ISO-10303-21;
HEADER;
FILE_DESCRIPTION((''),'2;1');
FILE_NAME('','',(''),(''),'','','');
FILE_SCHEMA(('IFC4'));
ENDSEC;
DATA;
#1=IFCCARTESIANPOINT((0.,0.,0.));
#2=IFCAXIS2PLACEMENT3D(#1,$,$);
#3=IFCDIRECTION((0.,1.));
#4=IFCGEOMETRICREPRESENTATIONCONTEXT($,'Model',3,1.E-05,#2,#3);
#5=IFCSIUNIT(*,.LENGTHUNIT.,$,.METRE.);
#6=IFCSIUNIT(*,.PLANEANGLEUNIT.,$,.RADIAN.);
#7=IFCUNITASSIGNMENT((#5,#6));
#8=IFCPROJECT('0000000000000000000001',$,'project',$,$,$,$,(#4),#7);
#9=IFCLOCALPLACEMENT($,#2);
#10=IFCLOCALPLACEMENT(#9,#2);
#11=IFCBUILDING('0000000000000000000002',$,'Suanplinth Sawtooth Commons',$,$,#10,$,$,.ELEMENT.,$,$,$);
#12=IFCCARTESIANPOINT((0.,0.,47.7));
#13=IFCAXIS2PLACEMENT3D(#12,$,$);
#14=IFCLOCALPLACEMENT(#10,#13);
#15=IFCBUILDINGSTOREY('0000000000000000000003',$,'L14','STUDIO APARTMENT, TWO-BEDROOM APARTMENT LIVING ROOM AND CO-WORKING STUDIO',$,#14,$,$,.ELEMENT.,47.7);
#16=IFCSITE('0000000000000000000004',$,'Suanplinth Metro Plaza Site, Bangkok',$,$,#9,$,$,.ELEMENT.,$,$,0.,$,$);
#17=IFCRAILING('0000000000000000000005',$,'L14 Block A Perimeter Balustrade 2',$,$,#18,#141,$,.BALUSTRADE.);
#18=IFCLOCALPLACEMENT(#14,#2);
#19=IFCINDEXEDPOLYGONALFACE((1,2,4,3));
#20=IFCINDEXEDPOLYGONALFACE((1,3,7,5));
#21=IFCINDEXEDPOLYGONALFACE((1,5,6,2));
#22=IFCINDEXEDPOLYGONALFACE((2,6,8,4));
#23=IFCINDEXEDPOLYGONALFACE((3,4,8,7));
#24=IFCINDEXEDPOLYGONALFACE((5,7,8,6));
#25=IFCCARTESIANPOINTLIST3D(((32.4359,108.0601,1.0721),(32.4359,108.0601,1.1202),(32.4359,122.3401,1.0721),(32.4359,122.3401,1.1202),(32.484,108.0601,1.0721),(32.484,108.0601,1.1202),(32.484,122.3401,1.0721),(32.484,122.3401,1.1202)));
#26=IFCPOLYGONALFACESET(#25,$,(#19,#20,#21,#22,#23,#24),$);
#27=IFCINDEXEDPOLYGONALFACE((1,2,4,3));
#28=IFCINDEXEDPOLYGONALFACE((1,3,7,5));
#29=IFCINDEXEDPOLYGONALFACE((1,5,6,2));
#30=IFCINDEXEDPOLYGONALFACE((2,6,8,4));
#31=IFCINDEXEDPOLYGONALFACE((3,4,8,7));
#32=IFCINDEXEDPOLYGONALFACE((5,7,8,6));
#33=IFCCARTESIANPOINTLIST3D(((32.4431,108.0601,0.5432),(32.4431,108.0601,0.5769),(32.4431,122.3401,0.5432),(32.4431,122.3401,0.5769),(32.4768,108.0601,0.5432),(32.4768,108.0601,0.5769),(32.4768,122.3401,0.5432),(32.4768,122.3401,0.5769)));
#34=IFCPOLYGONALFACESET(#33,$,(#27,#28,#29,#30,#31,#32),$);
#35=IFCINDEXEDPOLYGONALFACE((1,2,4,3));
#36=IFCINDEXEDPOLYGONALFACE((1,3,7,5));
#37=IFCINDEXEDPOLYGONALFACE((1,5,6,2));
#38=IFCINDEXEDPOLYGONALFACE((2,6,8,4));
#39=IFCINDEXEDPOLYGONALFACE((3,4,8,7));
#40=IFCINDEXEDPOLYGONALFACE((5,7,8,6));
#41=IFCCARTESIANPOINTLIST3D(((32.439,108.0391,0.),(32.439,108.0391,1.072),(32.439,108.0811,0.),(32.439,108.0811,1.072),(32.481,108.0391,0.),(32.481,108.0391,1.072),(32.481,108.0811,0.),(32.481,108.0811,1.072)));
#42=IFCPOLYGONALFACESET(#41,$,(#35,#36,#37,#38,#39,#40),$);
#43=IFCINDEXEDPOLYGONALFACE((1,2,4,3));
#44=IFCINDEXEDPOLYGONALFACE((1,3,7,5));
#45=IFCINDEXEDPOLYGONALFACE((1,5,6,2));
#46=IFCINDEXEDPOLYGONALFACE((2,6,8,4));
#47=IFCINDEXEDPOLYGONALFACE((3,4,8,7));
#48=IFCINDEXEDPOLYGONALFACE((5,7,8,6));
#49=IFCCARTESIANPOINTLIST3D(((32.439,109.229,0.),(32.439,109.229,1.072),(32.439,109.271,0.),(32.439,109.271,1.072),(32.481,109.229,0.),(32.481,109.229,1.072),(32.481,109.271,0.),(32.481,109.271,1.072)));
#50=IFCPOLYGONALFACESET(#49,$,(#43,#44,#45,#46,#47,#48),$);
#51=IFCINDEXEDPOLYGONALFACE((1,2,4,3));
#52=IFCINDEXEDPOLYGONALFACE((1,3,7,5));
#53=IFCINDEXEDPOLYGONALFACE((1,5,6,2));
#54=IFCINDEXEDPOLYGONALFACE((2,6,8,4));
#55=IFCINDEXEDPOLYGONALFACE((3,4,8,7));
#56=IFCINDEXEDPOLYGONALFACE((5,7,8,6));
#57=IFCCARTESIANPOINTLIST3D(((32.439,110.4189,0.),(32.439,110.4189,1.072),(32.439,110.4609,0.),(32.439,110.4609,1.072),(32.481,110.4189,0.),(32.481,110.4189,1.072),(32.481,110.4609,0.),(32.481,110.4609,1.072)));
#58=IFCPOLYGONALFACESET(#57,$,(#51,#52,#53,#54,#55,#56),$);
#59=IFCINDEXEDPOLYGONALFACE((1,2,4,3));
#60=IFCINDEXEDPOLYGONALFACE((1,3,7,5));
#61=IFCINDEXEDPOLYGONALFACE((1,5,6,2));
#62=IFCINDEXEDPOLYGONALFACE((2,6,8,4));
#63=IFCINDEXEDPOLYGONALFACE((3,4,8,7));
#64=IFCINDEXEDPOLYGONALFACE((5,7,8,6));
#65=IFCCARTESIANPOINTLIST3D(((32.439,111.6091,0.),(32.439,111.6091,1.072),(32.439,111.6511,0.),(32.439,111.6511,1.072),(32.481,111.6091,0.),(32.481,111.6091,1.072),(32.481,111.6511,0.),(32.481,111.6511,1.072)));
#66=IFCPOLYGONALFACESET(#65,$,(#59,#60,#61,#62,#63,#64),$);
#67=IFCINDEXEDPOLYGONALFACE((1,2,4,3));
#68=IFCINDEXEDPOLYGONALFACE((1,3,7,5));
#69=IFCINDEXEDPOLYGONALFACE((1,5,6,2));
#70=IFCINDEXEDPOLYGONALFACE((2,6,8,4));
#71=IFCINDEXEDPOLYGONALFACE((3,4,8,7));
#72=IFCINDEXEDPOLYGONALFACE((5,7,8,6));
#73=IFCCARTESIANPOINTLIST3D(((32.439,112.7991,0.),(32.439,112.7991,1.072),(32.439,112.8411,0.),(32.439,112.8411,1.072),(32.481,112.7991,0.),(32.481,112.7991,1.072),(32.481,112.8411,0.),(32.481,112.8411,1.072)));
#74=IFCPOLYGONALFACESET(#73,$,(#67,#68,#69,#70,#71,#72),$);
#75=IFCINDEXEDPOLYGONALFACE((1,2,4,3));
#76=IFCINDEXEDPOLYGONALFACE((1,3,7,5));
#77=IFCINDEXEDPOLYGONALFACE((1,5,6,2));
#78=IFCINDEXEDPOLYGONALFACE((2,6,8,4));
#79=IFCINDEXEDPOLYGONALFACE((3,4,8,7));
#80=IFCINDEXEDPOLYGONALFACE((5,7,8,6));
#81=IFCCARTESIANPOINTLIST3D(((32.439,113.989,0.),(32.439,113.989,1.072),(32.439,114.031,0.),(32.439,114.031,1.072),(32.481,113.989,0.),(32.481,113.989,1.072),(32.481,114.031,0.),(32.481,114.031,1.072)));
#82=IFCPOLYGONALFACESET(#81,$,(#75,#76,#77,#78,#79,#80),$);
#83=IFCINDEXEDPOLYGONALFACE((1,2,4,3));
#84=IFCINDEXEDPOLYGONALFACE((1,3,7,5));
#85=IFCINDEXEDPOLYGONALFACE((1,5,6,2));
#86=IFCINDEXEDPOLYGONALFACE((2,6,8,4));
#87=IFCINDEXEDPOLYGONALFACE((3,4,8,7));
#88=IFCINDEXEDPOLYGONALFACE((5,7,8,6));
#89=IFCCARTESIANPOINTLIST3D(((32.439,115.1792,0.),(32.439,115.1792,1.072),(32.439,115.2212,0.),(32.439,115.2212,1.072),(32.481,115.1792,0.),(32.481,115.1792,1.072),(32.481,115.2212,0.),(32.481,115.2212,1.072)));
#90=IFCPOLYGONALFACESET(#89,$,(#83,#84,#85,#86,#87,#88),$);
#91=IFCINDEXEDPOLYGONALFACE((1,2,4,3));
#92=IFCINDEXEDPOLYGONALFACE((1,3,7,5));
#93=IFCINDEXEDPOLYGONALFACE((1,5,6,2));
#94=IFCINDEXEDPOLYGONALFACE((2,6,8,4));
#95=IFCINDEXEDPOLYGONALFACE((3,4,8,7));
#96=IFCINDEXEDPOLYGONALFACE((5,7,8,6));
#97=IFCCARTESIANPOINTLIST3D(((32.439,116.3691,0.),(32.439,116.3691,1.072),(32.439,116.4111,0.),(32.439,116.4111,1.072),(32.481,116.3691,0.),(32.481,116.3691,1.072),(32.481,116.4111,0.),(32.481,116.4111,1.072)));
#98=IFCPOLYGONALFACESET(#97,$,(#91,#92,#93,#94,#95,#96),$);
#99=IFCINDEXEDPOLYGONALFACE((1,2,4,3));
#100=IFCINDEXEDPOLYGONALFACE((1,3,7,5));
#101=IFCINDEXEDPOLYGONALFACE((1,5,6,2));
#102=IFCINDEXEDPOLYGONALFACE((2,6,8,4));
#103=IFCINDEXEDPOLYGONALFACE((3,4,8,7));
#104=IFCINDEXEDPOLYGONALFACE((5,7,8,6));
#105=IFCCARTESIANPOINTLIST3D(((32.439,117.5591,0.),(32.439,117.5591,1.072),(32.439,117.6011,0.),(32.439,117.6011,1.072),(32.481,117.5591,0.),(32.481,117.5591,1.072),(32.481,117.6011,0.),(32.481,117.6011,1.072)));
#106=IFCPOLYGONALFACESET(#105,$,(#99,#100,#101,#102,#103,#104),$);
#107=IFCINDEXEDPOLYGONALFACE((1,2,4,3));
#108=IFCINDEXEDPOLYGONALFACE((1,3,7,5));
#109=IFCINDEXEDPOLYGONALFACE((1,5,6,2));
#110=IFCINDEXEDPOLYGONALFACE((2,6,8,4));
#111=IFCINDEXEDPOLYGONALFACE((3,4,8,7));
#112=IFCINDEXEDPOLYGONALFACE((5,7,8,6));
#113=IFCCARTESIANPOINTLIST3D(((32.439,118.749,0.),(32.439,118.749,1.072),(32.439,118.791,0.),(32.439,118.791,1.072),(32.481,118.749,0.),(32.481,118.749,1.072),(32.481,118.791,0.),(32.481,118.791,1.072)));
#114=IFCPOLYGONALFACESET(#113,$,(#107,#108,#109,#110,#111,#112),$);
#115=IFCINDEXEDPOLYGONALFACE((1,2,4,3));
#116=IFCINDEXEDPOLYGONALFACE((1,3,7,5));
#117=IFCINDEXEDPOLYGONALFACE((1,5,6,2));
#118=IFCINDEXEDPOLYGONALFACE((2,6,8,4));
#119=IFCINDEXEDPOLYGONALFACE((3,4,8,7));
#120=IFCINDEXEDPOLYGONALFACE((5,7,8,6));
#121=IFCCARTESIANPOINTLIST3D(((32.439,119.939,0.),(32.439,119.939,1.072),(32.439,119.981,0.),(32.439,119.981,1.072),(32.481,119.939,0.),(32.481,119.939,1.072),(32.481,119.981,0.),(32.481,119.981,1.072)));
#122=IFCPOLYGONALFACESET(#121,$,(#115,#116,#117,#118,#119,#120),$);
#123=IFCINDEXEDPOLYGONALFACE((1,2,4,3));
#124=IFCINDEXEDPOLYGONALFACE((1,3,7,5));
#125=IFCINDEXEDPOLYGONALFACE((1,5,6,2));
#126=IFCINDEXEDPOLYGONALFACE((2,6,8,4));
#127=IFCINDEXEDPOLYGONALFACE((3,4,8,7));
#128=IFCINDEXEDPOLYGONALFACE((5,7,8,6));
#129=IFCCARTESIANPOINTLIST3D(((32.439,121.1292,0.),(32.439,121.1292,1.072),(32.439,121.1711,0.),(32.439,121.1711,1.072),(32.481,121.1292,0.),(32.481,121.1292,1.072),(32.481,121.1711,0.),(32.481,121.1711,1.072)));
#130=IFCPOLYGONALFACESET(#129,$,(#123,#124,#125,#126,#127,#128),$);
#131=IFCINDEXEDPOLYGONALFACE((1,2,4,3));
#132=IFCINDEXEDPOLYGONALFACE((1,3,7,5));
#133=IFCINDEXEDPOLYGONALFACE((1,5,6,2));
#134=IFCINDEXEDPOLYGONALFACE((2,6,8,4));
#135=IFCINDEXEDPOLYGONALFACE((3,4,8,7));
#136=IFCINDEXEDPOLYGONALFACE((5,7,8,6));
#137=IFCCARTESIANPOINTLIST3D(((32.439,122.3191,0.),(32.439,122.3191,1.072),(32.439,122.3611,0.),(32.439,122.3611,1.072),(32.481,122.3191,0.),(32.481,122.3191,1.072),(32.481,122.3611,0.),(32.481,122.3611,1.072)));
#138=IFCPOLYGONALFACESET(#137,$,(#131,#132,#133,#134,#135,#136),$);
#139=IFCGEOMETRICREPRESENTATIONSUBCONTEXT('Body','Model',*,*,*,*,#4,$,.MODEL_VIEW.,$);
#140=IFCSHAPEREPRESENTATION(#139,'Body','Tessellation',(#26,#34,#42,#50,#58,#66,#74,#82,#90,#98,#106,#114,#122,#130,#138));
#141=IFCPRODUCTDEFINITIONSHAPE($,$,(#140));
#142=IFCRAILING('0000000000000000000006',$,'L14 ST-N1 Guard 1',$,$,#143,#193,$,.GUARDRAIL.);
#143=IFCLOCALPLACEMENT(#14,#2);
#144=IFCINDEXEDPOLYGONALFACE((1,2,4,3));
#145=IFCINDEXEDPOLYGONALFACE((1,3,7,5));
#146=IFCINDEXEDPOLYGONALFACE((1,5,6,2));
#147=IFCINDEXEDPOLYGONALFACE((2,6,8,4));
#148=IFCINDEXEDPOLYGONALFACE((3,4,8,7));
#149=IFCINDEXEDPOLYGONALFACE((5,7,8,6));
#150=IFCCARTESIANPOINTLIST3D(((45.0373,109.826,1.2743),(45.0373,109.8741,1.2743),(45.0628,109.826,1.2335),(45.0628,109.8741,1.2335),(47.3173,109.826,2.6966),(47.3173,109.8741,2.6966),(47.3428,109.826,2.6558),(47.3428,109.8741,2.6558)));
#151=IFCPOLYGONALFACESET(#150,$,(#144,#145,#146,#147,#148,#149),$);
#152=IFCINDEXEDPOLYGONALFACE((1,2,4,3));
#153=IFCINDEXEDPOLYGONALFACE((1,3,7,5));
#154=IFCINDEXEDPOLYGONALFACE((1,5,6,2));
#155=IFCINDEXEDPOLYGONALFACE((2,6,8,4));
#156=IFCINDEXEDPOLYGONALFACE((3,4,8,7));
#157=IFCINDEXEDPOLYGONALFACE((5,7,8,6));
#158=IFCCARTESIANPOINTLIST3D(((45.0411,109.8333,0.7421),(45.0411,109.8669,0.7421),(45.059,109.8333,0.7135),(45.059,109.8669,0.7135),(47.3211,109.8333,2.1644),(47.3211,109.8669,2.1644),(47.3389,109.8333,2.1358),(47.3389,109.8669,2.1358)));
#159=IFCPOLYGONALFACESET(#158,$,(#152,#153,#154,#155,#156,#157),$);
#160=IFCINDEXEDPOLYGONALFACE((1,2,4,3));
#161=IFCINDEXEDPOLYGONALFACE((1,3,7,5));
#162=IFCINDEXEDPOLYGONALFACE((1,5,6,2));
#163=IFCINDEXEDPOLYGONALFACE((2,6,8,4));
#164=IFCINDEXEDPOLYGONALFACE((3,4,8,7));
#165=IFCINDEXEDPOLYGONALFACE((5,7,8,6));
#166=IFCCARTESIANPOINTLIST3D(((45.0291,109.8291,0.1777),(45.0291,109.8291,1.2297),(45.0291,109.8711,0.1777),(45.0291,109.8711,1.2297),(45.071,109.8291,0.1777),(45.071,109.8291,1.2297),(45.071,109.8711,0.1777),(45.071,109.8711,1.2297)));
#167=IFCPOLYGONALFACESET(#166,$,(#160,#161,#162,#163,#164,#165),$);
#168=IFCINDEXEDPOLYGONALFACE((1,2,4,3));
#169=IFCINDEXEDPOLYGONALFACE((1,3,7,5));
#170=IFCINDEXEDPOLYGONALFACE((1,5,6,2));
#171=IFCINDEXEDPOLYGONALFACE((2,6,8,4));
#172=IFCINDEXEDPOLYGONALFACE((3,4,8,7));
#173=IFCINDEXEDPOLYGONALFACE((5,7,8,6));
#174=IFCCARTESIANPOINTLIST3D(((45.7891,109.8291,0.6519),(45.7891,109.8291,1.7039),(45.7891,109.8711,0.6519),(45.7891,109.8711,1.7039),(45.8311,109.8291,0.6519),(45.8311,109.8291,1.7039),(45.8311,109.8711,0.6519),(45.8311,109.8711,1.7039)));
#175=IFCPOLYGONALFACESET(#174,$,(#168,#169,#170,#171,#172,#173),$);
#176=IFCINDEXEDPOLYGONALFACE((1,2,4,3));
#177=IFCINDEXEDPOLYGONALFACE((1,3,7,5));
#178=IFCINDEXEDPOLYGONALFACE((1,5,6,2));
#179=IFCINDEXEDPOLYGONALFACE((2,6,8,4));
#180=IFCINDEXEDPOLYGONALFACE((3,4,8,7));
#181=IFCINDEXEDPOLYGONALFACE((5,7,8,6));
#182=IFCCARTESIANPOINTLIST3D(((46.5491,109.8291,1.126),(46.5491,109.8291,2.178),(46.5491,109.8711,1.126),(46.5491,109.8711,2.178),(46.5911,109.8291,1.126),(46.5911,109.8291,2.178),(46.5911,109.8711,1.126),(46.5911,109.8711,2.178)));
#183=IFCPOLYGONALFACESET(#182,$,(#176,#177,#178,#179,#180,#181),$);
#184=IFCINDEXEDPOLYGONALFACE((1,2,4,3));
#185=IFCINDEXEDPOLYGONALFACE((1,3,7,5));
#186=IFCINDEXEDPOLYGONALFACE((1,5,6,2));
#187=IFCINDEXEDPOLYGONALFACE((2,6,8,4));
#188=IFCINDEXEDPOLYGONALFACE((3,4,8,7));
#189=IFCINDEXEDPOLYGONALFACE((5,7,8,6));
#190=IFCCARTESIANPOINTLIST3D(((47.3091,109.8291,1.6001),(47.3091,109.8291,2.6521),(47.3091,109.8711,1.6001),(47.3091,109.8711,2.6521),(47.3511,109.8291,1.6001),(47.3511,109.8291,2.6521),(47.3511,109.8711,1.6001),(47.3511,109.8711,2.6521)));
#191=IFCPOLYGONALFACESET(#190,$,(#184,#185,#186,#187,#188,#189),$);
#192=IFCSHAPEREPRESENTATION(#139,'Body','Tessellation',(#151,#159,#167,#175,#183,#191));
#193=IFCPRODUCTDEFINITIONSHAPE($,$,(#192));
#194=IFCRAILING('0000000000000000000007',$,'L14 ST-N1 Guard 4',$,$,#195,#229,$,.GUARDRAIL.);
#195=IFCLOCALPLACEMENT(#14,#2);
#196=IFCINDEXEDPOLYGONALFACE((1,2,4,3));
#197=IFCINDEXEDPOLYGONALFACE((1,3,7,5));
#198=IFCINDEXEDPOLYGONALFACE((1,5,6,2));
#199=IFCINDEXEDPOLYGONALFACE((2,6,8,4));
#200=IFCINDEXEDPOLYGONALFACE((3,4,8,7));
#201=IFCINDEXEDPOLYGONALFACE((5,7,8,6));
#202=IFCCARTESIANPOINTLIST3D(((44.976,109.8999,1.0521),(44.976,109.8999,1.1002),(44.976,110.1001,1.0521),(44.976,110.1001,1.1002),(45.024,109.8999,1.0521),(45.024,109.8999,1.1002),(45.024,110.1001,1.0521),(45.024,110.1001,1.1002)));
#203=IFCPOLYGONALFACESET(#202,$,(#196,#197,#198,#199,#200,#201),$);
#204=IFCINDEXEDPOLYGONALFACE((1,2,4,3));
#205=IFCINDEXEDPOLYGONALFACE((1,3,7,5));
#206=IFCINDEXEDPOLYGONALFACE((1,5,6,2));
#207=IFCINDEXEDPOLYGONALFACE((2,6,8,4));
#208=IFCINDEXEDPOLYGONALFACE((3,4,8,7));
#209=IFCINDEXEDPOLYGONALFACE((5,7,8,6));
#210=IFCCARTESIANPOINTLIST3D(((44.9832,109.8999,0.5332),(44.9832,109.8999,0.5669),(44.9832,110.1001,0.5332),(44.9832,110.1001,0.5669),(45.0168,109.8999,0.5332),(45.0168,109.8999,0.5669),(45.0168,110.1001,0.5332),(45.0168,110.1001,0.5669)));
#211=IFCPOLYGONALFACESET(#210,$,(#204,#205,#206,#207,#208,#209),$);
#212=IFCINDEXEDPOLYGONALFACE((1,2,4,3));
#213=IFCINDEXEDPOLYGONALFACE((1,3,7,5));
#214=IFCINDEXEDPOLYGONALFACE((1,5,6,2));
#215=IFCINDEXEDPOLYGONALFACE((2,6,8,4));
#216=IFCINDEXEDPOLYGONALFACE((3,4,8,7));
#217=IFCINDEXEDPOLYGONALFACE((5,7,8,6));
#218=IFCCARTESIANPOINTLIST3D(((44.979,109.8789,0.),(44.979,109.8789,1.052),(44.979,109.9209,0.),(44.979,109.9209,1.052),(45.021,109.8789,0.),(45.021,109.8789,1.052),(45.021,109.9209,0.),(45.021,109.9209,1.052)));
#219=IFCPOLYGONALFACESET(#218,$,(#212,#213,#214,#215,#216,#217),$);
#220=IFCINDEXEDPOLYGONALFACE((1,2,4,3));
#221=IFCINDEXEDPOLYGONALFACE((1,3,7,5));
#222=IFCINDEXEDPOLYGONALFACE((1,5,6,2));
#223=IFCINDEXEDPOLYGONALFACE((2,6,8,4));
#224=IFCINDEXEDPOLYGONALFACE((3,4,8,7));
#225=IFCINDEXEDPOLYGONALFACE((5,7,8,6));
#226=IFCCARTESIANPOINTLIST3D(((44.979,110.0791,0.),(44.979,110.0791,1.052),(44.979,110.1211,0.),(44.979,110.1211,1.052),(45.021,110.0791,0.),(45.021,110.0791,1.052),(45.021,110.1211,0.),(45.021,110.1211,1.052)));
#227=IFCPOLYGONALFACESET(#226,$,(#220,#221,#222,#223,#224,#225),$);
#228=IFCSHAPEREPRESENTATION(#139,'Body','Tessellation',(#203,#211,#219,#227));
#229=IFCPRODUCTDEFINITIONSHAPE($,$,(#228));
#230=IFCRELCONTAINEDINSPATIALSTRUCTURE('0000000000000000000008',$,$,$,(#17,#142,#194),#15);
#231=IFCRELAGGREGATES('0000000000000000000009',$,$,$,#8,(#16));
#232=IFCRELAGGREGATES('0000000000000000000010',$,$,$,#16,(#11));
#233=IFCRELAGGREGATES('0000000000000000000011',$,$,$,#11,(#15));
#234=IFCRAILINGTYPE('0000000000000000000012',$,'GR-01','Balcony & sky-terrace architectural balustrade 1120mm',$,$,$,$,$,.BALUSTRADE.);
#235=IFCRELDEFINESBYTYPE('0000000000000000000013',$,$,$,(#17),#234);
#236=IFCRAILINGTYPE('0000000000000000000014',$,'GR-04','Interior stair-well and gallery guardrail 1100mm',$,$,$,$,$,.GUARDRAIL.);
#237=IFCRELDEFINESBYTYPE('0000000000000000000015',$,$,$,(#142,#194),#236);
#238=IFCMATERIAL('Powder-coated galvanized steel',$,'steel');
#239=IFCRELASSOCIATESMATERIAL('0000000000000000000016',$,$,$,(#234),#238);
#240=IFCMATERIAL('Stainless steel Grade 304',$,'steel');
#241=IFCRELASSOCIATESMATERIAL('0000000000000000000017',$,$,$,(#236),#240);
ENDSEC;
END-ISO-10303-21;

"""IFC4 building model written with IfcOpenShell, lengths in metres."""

from ifc_helpers import new_model, si_unit, direction, frame, origin, origin_2d, place, context, subcontext, project, spatial, rectangle, extrude, material, type_object, element, save


model = new_model("IFC4")

# Units and contexts
model_context = context("Model", 3, precision=1e-05, world=origin(), true_north=direction((0.0, 1.0)))
body_context = subcontext(model_context, "Body", "Model", "MODEL_VIEW")
ifc_project = project(units=[si_unit("LENGTHUNIT", "METRE"), si_unit("PLANEANGLEUNIT", "RADIAN")], contexts=[model_context])

# Site, building, storey
site_placement = place(None, origin())
site = spatial("IfcSite", under=ifc_project, at=site_placement, Name="Suanplinth Metro Plaza Site, Bangkok", CompositionType="ELEMENT", RefElevation=0.0)
building_placement = place(site_placement, origin())
building = spatial("IfcBuilding", under=site, at=building_placement, Name="Suanplinth Sawtooth Commons", CompositionType="ELEMENT")
storey_placement = place(building_placement, frame((0.0, 0.0, 47.7)))
storey = spatial("IfcBuildingStorey", under=building, at=storey_placement, Name="L14", Description="STUDIO APARTMENT, TWO-BEDROOM APARTMENT LIVING ROOM AND CO-WORKING STUDIO", CompositionType="ELEMENT", Elevation=47.7)

# Railings
ifc_material_1 = material(Name="Powder-coated galvanized steel", Category="steel")
railing_type_1 = type_object("IfcRailingType", Name="GR-01", Description="Balcony & sky-terrace architectural balustrade 1120mm", PredefinedType="BALUSTRADE", material=ifc_material_1)
railing_1_placement = place(storey_placement, frame((32.46, 108.0601, 0.0)))
element("IfcRailing", 1, at=railing_1_placement, inside=storey, type_object=railing_type_1, Name="L14 Block A Perimeter Balustrade 2", PredefinedType="BALUSTRADE", context=body_context, shape_type="SweptSolid", body=[
    extrude(rectangle(XDim=0.0481, YDim=0.0481, at=origin_2d()), frame((0.0, 0.0, 1.0962), z_axis=(0.0, 1.0, 0.0), x_axis=(-1.0, 0.0, 0.0)), (0.0, 0.0, 1.0), 14.28),
    extrude(rectangle(XDim=0.0337, YDim=0.0337, at=origin_2d()), frame((0.0, 0.0, 0.5601), z_axis=(0.0, 1.0, 0.0), x_axis=(-1.0, 0.0, 0.0)), (0.0, 0.0, 1.0), 14.28),
    extrude(rectangle(XDim=0.042, YDim=0.042, at=origin_2d()), origin(), (0.0, 0.0, 1.0), 1.072),
    extrude(rectangle(XDim=0.042, YDim=0.042, at=origin_2d()), frame((0.0, 1.1899, 0.0)), (0.0, 0.0, 1.0), 1.072),
    extrude(rectangle(XDim=0.042, YDim=0.042, at=origin_2d()), frame((0.0, 2.3799, 0.0)), (0.0, 0.0, 1.0), 1.072),
    extrude(rectangle(XDim=0.042, YDim=0.042, at=origin_2d()), frame((0.0, 3.5701, 0.0)), (0.0, 0.0, 1.0), 1.072),
    extrude(rectangle(XDim=0.042, YDim=0.042, at=origin_2d()), frame((0.0, 4.76, 0.0)), (0.0, 0.0, 1.0), 1.072),
    extrude(rectangle(XDim=0.042, YDim=0.042, at=origin_2d()), frame((0.0, 5.95, 0.0)), (0.0, 0.0, 1.0), 1.072),
    extrude(rectangle(XDim=0.042, YDim=0.042, at=origin_2d()), frame((0.0, 7.1401, 0.0)), (0.0, 0.0, 1.0), 1.072),
    extrude(rectangle(XDim=0.042, YDim=0.042, at=origin_2d()), frame((0.0, 8.3301, 0.0)), (0.0, 0.0, 1.0), 1.072),
    extrude(rectangle(XDim=0.042, YDim=0.042, at=origin_2d()), frame((0.0, 9.52, 0.0)), (0.0, 0.0, 1.0), 1.072),
    extrude(rectangle(XDim=0.042, YDim=0.042, at=origin_2d()), frame((0.0, 10.71, 0.0)), (0.0, 0.0, 1.0), 1.072),
    extrude(rectangle(XDim=0.042, YDim=0.042, at=origin_2d()), frame((0.0, 11.8999, 0.0)), (0.0, 0.0, 1.0), 1.072),
    extrude(rectangle(XDim=0.042, YDim=0.042, at=origin_2d()), frame((0.0, 13.0901, 0.0)), (0.0, 0.0, 1.0), 1.072),
    extrude(rectangle(XDim=0.042, YDim=0.042, at=origin_2d()), frame((0.0, 14.28, 0.0)), (0.0, 0.0, 1.0), 1.072),
])
ifc_material_2 = material(Name="Stainless steel Grade 304", Category="steel")
railing_type_2 = type_object("IfcRailingType", Name="GR-04", Description="Interior stair-well and gallery guardrail 1100mm", PredefinedType="GUARDRAIL", material=ifc_material_2)
railing_2_placement = place(storey_placement, frame((45.05, 109.8501, 0.1777)))
element("IfcRailing", 2, at=railing_2_placement, inside=storey, type_object=railing_type_2, Name="L14 ST-N1 Guard 1", PredefinedType="GUARDRAIL", context=body_context, shape_type="SweptSolid", body=[
    extrude(rectangle(XDim=0.0481, YDim=0.0481, at=origin_2d()), frame((0.0, 0.0, 1.0762), z_axis=(0.848442, 0.0, 0.529288), x_axis=(0.0, 1.0, 0.0)), (0.0, 0.0, 1.0), 2.6873),
    extrude(rectangle(XDim=0.0337, YDim=0.0337, at=origin_2d()), frame((0.0, 0.0, 0.55), z_axis=(0.848442, 0.0, 0.529288), x_axis=(0.0, 1.0, 0.0)), (0.0, 0.0, 1.0), 2.6873),
    extrude(rectangle(XDim=0.042, YDim=0.042, at=origin_2d()), origin(), (0.0, 0.0, 1.0), 1.052),
    extrude(rectangle(XDim=0.042, YDim=0.042, at=origin_2d()), frame((0.76, 0.0, 0.4741)), (0.0, 0.0, 1.0), 1.052),
    extrude(rectangle(XDim=0.042, YDim=0.042, at=origin_2d()), frame((1.52, 0.0, 0.9482)), (0.0, 0.0, 1.0), 1.052),
    extrude(rectangle(XDim=0.042, YDim=0.042, at=origin_2d()), frame((2.28, 0.0, 1.4224)), (0.0, 0.0, 1.0), 1.052),
])
railing_3_placement = place(storey_placement, frame((45.0, 109.8999, 0.0)))
element("IfcRailing", 3, at=railing_3_placement, inside=storey, type_object=railing_type_2, Name="L14 ST-N1 Guard 4", PredefinedType="GUARDRAIL", context=body_context, shape_type="SweptSolid", body=[
    extrude(rectangle(XDim=0.0481, YDim=0.0481, at=origin_2d()), frame((0.0, 0.0, 1.0762), z_axis=(0.0, 1.0, 0.0), x_axis=(-1.0, 0.0, 0.0)), (0.0, 0.0, 1.0), 0.2002),
    extrude(rectangle(XDim=0.0337, YDim=0.0337, at=origin_2d()), frame((0.0, 0.0, 0.55), z_axis=(0.0, 1.0, 0.0), x_axis=(-1.0, 0.0, 0.0)), (0.0, 0.0, 1.0), 0.2002),
    extrude(rectangle(XDim=0.042, YDim=0.042, at=origin_2d()), origin(), (0.0, 0.0, 1.0), 1.052),
    extrude(rectangle(XDim=0.042, YDim=0.042, at=origin_2d()), frame((0.0, 0.2002, 0.0)), (0.0, 0.0, 1.0), 1.052),
])

save(model, "model.ifc")
